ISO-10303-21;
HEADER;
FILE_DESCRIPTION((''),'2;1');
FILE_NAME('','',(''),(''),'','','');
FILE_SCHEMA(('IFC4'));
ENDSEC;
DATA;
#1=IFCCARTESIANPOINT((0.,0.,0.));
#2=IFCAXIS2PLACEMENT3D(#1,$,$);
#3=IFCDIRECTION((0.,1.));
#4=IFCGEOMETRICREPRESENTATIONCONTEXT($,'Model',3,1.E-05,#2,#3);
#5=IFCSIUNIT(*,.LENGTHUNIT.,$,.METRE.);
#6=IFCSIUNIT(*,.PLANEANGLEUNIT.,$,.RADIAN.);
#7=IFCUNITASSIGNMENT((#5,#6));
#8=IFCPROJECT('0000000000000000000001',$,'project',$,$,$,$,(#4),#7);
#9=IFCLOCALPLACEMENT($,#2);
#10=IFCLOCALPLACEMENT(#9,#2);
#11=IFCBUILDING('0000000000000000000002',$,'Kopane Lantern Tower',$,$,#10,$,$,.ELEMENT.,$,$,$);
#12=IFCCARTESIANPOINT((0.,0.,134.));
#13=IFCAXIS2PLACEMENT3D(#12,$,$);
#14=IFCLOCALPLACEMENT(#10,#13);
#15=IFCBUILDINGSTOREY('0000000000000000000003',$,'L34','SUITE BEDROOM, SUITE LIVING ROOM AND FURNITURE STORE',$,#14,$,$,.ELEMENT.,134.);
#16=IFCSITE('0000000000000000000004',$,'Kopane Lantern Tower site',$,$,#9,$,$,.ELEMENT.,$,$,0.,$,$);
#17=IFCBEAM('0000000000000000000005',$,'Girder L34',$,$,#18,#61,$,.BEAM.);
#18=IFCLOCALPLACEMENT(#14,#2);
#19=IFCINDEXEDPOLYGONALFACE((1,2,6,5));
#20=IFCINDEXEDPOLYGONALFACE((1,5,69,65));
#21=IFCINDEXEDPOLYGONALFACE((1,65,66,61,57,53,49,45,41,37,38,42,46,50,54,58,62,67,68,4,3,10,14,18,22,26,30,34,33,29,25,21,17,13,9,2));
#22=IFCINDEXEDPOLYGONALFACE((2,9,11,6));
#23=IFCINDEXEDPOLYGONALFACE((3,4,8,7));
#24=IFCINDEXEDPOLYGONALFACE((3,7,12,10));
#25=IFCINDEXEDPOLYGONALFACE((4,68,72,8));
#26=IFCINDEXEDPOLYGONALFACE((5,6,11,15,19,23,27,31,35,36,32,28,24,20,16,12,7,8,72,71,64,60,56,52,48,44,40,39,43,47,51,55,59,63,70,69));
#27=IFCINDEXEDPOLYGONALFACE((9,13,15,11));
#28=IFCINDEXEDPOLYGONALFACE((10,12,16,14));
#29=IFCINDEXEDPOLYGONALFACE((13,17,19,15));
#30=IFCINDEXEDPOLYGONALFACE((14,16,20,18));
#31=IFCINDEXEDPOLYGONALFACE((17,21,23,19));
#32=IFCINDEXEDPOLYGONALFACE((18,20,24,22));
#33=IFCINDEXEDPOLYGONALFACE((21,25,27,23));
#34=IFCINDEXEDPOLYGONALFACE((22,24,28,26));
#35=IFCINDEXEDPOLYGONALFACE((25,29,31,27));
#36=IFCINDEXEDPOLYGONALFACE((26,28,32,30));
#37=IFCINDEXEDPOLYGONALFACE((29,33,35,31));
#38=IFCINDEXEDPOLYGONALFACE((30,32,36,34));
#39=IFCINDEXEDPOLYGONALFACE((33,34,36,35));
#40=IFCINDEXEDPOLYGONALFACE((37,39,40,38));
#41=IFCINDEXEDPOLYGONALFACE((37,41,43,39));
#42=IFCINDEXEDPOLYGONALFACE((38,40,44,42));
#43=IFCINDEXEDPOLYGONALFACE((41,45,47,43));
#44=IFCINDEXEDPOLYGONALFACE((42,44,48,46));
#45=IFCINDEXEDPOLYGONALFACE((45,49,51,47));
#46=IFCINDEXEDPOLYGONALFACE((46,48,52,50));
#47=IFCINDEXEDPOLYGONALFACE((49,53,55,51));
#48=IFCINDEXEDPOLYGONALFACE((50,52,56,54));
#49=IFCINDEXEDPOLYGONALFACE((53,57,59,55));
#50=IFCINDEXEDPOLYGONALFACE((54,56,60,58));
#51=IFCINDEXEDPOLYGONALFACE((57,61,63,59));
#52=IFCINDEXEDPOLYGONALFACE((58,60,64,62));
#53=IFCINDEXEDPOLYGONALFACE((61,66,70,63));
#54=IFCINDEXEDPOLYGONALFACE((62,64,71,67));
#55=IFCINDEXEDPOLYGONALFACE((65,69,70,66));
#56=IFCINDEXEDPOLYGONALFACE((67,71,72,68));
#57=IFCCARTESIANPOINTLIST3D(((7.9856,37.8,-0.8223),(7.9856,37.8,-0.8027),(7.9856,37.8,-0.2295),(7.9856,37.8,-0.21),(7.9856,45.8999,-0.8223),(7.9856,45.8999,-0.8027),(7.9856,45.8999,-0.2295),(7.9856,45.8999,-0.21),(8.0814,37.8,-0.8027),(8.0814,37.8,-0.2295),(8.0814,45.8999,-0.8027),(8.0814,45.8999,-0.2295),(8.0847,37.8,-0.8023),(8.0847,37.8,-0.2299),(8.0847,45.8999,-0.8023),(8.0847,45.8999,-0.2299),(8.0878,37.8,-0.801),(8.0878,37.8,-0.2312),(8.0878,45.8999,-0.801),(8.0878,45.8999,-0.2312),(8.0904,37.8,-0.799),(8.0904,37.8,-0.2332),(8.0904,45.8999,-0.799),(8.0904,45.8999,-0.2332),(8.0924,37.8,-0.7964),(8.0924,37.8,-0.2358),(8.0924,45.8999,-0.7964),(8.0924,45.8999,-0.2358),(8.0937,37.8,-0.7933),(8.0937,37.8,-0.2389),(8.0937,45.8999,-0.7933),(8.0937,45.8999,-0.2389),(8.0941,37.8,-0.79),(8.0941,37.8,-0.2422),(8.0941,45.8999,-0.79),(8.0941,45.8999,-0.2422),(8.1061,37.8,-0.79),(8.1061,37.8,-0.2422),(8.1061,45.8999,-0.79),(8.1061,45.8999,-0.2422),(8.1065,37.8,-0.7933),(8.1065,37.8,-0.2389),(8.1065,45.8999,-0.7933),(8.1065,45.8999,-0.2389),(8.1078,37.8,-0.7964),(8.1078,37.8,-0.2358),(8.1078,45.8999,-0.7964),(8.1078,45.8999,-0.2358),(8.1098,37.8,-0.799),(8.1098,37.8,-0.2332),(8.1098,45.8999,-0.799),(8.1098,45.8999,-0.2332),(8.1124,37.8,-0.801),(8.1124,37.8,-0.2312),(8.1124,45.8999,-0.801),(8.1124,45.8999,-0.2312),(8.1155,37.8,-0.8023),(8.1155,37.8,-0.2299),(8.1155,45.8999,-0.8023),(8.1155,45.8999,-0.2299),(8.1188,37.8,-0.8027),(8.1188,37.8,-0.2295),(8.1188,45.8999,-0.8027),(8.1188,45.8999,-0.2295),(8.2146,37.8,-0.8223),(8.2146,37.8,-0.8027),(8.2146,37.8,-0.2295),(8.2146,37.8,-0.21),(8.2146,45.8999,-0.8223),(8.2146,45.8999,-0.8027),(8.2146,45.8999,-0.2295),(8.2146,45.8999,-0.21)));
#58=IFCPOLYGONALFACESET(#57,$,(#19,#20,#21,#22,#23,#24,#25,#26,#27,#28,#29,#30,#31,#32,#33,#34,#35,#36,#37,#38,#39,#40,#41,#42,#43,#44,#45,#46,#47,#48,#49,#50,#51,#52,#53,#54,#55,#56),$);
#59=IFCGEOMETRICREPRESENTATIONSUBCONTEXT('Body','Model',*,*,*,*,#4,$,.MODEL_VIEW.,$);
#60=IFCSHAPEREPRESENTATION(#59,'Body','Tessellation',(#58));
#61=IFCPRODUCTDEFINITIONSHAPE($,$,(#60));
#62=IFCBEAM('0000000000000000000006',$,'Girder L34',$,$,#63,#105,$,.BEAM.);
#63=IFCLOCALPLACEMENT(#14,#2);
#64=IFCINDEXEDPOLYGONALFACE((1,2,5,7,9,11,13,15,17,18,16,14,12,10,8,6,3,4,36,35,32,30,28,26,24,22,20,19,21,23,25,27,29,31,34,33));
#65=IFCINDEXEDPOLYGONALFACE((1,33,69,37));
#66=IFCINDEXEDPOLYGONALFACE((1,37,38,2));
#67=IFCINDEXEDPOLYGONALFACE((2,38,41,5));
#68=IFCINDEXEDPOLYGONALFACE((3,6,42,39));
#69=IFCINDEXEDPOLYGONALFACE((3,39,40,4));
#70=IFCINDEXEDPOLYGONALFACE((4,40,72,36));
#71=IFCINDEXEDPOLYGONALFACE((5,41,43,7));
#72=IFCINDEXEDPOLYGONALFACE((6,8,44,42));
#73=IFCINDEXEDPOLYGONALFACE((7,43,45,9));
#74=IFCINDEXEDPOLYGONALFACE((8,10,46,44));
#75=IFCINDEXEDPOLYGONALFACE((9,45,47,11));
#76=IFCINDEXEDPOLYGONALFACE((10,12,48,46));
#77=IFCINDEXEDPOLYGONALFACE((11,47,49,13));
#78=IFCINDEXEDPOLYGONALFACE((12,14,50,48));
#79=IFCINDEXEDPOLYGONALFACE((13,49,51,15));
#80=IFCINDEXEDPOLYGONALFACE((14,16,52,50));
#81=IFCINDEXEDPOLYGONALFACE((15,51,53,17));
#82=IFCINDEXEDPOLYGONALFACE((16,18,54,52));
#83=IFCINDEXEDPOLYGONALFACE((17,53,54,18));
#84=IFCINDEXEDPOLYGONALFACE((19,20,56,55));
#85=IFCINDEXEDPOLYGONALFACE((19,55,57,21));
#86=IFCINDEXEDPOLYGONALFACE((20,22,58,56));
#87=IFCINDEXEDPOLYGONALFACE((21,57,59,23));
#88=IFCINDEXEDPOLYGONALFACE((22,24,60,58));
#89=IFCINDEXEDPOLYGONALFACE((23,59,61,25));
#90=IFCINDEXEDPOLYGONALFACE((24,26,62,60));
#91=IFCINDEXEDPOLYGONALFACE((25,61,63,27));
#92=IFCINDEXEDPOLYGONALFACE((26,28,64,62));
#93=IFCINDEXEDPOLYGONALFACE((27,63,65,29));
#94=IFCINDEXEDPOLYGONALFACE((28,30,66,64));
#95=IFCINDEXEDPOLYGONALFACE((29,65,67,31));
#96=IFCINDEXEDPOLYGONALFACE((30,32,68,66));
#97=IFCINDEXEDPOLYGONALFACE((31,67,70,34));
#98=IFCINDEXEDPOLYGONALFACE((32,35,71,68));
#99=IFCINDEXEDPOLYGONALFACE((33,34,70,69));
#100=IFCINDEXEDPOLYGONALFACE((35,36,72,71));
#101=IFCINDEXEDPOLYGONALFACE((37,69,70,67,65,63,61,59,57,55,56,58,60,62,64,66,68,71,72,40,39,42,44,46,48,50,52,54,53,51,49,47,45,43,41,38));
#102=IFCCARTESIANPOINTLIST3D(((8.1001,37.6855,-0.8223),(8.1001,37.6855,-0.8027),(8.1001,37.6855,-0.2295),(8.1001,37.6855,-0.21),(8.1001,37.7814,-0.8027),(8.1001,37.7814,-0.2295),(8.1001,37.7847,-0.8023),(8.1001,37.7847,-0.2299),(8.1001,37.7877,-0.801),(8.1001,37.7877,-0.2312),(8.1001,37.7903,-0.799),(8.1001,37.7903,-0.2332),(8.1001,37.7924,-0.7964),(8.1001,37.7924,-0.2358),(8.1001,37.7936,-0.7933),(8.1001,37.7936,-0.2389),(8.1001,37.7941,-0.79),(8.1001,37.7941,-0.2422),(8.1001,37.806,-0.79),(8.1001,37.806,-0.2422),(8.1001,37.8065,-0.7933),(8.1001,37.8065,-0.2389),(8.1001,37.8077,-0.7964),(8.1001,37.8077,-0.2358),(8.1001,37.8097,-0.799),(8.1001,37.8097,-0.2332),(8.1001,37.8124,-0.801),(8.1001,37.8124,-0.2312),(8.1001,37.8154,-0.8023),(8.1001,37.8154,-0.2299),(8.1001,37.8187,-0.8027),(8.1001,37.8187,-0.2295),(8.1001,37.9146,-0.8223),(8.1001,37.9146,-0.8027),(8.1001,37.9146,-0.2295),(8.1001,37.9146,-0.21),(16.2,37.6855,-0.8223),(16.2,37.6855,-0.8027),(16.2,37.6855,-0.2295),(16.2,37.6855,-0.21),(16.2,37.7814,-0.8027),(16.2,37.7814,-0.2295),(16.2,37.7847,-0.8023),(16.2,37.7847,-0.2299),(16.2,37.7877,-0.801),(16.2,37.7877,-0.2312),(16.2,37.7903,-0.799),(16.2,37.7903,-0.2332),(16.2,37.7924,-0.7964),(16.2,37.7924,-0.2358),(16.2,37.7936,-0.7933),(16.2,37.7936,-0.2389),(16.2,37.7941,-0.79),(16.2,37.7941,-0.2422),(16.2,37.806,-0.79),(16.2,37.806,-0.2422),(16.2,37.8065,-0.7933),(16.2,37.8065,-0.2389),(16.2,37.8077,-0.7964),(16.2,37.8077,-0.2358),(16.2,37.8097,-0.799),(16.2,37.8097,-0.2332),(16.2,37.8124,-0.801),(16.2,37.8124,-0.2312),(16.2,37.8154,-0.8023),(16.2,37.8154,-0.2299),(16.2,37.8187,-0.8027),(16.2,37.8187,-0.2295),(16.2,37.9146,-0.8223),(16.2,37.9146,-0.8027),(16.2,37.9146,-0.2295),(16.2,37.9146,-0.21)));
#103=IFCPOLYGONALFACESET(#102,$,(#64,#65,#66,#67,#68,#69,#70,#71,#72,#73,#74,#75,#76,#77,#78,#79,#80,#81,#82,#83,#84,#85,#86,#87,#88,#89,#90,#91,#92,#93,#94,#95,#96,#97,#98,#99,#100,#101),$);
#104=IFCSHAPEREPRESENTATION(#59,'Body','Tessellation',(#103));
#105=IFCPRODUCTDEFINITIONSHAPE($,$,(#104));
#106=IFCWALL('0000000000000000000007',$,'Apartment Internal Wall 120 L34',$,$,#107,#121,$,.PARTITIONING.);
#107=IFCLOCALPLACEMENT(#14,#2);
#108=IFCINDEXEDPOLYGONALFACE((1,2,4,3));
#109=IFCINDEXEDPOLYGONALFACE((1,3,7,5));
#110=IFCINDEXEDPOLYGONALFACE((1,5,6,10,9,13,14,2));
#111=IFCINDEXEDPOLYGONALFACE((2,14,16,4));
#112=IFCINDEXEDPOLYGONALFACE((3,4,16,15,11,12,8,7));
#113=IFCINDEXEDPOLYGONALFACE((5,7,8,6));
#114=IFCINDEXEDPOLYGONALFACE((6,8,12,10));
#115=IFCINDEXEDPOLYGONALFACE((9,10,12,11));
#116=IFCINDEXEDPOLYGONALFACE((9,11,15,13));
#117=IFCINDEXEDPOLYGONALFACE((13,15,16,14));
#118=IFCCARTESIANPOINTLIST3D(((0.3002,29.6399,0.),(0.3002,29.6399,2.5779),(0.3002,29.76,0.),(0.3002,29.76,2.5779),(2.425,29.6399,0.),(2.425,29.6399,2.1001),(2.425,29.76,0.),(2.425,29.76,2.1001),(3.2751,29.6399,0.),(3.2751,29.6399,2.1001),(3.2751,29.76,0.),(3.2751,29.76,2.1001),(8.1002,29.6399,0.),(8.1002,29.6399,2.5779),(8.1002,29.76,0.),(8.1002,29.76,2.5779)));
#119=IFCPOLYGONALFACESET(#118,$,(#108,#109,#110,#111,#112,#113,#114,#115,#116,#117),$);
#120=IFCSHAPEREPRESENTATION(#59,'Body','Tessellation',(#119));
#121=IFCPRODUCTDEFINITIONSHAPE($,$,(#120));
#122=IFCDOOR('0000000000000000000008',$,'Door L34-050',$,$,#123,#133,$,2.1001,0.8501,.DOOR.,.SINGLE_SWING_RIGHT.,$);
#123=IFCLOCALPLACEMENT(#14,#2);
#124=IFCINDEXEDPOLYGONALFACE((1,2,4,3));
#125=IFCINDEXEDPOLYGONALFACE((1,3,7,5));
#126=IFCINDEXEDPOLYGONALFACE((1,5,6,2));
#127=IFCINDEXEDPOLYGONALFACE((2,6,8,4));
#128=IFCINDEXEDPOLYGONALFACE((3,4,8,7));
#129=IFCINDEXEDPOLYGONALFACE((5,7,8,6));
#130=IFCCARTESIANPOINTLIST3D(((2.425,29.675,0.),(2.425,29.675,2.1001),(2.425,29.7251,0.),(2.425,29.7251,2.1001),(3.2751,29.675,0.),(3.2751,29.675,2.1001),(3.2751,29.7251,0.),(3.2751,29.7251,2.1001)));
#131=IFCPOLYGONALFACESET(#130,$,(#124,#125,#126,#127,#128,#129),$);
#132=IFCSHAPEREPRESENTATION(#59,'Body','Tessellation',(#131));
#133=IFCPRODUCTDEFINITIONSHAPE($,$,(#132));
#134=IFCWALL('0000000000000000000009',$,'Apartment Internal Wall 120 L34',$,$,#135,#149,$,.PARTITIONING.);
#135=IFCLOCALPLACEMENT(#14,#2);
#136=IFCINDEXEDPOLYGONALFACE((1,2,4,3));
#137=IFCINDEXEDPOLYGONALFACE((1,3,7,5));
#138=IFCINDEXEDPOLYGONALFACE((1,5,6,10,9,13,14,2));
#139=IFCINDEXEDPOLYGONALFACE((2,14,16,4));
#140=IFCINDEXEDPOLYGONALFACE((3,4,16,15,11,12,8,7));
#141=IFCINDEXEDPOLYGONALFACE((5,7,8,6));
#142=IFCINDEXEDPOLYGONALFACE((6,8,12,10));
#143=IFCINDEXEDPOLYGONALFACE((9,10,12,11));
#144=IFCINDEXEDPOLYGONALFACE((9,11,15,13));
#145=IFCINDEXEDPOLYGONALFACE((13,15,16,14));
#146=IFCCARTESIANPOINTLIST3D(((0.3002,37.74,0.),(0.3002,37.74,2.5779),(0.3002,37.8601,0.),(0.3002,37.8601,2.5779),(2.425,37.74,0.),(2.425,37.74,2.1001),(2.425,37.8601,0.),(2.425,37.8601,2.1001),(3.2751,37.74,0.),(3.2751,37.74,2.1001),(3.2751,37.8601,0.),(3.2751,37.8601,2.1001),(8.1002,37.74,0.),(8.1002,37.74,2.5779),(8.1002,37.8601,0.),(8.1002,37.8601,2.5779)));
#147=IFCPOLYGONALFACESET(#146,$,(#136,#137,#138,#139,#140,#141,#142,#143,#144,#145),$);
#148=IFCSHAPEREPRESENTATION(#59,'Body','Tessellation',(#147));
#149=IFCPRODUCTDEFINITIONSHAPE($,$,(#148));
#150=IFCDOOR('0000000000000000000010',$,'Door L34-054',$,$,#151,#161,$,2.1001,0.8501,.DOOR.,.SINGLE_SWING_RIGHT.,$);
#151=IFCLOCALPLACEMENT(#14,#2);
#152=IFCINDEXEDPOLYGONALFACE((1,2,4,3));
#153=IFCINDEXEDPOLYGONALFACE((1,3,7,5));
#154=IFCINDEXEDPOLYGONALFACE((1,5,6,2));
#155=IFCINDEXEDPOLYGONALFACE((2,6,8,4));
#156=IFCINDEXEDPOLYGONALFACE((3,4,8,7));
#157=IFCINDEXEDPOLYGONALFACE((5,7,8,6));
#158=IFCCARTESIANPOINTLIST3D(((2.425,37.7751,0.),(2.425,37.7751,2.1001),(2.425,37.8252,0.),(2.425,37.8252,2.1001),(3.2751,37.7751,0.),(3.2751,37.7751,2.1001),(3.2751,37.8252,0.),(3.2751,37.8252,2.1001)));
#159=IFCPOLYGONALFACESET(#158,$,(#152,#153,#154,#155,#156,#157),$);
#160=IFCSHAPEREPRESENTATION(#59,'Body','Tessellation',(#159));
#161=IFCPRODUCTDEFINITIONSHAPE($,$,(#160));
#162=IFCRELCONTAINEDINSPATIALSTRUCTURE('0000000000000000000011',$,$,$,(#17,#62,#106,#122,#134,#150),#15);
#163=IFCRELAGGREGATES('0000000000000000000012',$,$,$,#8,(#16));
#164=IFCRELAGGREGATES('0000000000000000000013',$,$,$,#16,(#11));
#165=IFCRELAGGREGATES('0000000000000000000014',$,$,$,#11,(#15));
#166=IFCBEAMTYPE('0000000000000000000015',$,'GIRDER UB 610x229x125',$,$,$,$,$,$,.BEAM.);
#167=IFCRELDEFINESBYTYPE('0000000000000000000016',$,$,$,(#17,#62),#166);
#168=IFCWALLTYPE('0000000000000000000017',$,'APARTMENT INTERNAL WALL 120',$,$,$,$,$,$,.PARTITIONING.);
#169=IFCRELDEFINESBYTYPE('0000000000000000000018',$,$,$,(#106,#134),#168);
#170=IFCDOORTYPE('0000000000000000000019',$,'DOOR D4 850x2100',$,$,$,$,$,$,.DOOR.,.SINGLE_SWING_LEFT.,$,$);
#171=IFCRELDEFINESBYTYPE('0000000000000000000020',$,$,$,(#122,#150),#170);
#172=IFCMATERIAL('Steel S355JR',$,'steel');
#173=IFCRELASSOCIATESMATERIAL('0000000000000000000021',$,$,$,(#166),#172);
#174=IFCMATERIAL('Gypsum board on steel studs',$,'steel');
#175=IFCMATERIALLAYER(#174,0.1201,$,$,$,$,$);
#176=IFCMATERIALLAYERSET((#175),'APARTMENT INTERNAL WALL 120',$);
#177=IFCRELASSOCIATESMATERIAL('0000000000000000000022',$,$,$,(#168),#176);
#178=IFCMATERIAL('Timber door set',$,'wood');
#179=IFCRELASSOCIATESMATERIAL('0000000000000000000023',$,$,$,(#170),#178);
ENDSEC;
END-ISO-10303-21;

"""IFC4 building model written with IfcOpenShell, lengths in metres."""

from ifc_helpers import new_model, si_unit, direction, frame, frame_2d, origin, origin_2d, place, context, subcontext, project, spatial, rectangle, i_section, extrude, material, layer, layer_set, material_profile, profile_set, type_object, element, fill, save


model = new_model("IFC4")

# Units and contexts
model_context = context("Model", 3, precision=1e-05, world=origin(), true_north=direction((0.0, 1.0)))
body_context = subcontext(model_context, "Body", "Model", "MODEL_VIEW")
ifc_project = project(units=[si_unit("LENGTHUNIT", "METRE"), si_unit("PLANEANGLEUNIT", "RADIAN")], contexts=[model_context])

# Site, building, storey
site_placement = place(None, origin())
site = spatial("IfcSite", under=ifc_project, at=site_placement, Name="Kopane Lantern Tower site", CompositionType="ELEMENT", RefElevation=0.0)
building_placement = place(site_placement, origin())
building = spatial("IfcBuilding", under=site, at=building_placement, Name="Kopane Lantern Tower", CompositionType="ELEMENT")
storey_placement = place(building_placement, frame((0.0, 0.0, 134.0)))
storey = spatial("IfcBuildingStorey", under=building, at=storey_placement, Name="L34", Description="SUITE BEDROOM, SUITE LIVING ROOM AND FURNITURE STORE", CompositionType="ELEMENT", Elevation=134.0)

# Beams
ifc_material_1 = material(Name="Steel S355JR", Category="steel")
ifc_material_profile_1 = material_profile(ifc_material_1, i_section(OverallWidth=0.229, OverallDepth=0.6123, WebThickness=0.012, FlangeThickness=0.0195, FilletRadius=0.0127, at=origin_2d()), Name="UB 610x229x125")
ifc_profile_set_1 = profile_set([ifc_material_profile_1], Name="Steel S355JR")
beam_type = type_object("IfcBeamType", Name="GIRDER UB 610x229x125", PredefinedType="BEAM", material=ifc_profile_set_1)
for number, where, z_axis, x_axis, name in (
    (1, (8.1001, 37.8, -0.5161), (0.0, 1.0, 0.0), (-1.0, 0.0, 0.0), "Girder L34"),
    (2, (8.1001, 37.8, -0.5161), (1.0, 0.0, 0.0), (0.0, 1.0, 0.0), "Girder L34"),
):
    element("IfcBeam", number, at=place(storey_placement, frame(where, z_axis=z_axis, x_axis=x_axis)), inside=storey, type_object=beam_type, Name=name, PredefinedType="BEAM", context=body_context, shape_type="SweptSolid", body=[
        extrude(i_section(OverallWidth=0.229, OverallDepth=0.6123, WebThickness=0.012, FlangeThickness=0.0195, FilletRadius=0.0127, at=origin_2d()), origin(), (0.0, 0.0, 1.0), 8.0999),
    ])

# Walls, openings, doors
ifc_material_2 = material(Name="Gypsum board on steel studs", Category="steel")
ifc_layer_1 = layer(ifc_material_2, 0.1201)
ifc_layer_set_1 = layer_set([ifc_layer_1], Name="APARTMENT INTERNAL WALL 120")
wall_type_1 = type_object("IfcWallType", Name="APARTMENT INTERNAL WALL 120", PredefinedType="PARTITIONING", material=ifc_layer_set_1)
wall_1_placement = place(storey_placement, frame((8.1001, 29.7, 0.0), z_axis=(0.0, 0.0, 1.0), x_axis=(-1.0, 0.0, 0.0)))
wall_1 = element("IfcWall", 3, at=wall_1_placement, inside=storey, type_object=wall_type_1, Name="Apartment Internal Wall 120 L34", PredefinedType="PARTITIONING", context=body_context, shape_type="SweptSolid", body=[
    extrude(rectangle(XDim=7.8, YDim=0.1201, at=frame_2d((3.8999, 0.0))), origin(), (0.0, 0.0, 1.0), 2.5779),
])
opening_1_placement = place(wall_1_placement, frame((4.825, 0.0, 0.0)))
opening_1 = element("IfcOpeningElement", 4, at=opening_1_placement, cuts=wall_1, PredefinedType="OPENING", context=body_context, shape_type="SweptSolid", body=[
    extrude(rectangle(XDim=0.8501, YDim=2.1001, at=frame_2d((0.425, 1.05))), frame((0.0, 0.0701, 0.0), z_axis=(0.0, -1.0, 0.0), x_axis=(1.0, 0.0, 0.0)), (0.0, 0.0, 1.0), 0.1401),
])
ifc_material_3 = material(Name="Timber door set", Category="wood")
door_type_1 = type_object("IfcDoorType", Name="DOOR D4 850x2100", OperationType="SINGLE_SWING_LEFT", PredefinedType="DOOR", material=ifc_material_3)
door_1_placement = place(opening_1_placement, origin())
door_1 = element("IfcDoor", 5, at=door_1_placement, inside=storey, type_object=door_type_1, Name="Door L34-050", OperationType="SINGLE_SWING_RIGHT", OverallHeight=2.1001, OverallWidth=0.8501, PredefinedType="DOOR", context=body_context, shape_type="SweptSolid", body=[
    extrude(rectangle(XDim=0.8501, YDim=2.1001, at=frame_2d((0.425, 1.05))), frame((0.0, 0.0249, 0.0), z_axis=(0.0, -1.0, 0.0), x_axis=(1.0, 0.0, 0.0)), (0.0, 0.0, 1.0), 0.05),
])
fill(opening_1, door_1)
wall_2_placement = place(storey_placement, frame((8.1001, 37.8, 0.0), z_axis=(0.0, 0.0, 1.0), x_axis=(-1.0, 0.0, 0.0)))
wall_2 = element("IfcWall", 6, at=wall_2_placement, inside=storey, type_object=wall_type_1, Name="Apartment Internal Wall 120 L34", PredefinedType="PARTITIONING", context=body_context, shape_type="SweptSolid", body=[
    extrude(rectangle(XDim=7.8, YDim=0.1201, at=frame_2d((3.8999, 0.0))), origin(), (0.0, 0.0, 1.0), 2.5779),
])
opening_2_placement = place(wall_2_placement, frame((4.825, 0.0, 0.0)))
opening_2 = element("IfcOpeningElement", 7, at=opening_2_placement, cuts=wall_2, PredefinedType="OPENING", context=body_context, shape_type="SweptSolid", body=[
    extrude(rectangle(XDim=0.8501, YDim=2.1001, at=frame_2d((0.425, 1.05))), frame((0.0, 0.0701, 0.0), z_axis=(0.0, -1.0, 0.0), x_axis=(1.0, 0.0, 0.0)), (0.0, 0.0, 1.0), 0.1401),
])
door_2_placement = place(opening_2_placement, origin())
door_2 = element("IfcDoor", 8, at=door_2_placement, inside=storey, type_object=door_type_1, Name="Door L34-054", OperationType="SINGLE_SWING_RIGHT", OverallHeight=2.1001, OverallWidth=0.8501, PredefinedType="DOOR", context=body_context, shape_type="SweptSolid", body=[
    extrude(rectangle(XDim=0.8501, YDim=2.1001, at=frame_2d((0.425, 1.05))), frame((0.0, 0.0249, 0.0), z_axis=(0.0, -1.0, 0.0), x_axis=(1.0, 0.0, 0.0)), (0.0, 0.0, 1.0), 0.05),
])
fill(opening_2, door_2)

save(model, "model.ifc")
